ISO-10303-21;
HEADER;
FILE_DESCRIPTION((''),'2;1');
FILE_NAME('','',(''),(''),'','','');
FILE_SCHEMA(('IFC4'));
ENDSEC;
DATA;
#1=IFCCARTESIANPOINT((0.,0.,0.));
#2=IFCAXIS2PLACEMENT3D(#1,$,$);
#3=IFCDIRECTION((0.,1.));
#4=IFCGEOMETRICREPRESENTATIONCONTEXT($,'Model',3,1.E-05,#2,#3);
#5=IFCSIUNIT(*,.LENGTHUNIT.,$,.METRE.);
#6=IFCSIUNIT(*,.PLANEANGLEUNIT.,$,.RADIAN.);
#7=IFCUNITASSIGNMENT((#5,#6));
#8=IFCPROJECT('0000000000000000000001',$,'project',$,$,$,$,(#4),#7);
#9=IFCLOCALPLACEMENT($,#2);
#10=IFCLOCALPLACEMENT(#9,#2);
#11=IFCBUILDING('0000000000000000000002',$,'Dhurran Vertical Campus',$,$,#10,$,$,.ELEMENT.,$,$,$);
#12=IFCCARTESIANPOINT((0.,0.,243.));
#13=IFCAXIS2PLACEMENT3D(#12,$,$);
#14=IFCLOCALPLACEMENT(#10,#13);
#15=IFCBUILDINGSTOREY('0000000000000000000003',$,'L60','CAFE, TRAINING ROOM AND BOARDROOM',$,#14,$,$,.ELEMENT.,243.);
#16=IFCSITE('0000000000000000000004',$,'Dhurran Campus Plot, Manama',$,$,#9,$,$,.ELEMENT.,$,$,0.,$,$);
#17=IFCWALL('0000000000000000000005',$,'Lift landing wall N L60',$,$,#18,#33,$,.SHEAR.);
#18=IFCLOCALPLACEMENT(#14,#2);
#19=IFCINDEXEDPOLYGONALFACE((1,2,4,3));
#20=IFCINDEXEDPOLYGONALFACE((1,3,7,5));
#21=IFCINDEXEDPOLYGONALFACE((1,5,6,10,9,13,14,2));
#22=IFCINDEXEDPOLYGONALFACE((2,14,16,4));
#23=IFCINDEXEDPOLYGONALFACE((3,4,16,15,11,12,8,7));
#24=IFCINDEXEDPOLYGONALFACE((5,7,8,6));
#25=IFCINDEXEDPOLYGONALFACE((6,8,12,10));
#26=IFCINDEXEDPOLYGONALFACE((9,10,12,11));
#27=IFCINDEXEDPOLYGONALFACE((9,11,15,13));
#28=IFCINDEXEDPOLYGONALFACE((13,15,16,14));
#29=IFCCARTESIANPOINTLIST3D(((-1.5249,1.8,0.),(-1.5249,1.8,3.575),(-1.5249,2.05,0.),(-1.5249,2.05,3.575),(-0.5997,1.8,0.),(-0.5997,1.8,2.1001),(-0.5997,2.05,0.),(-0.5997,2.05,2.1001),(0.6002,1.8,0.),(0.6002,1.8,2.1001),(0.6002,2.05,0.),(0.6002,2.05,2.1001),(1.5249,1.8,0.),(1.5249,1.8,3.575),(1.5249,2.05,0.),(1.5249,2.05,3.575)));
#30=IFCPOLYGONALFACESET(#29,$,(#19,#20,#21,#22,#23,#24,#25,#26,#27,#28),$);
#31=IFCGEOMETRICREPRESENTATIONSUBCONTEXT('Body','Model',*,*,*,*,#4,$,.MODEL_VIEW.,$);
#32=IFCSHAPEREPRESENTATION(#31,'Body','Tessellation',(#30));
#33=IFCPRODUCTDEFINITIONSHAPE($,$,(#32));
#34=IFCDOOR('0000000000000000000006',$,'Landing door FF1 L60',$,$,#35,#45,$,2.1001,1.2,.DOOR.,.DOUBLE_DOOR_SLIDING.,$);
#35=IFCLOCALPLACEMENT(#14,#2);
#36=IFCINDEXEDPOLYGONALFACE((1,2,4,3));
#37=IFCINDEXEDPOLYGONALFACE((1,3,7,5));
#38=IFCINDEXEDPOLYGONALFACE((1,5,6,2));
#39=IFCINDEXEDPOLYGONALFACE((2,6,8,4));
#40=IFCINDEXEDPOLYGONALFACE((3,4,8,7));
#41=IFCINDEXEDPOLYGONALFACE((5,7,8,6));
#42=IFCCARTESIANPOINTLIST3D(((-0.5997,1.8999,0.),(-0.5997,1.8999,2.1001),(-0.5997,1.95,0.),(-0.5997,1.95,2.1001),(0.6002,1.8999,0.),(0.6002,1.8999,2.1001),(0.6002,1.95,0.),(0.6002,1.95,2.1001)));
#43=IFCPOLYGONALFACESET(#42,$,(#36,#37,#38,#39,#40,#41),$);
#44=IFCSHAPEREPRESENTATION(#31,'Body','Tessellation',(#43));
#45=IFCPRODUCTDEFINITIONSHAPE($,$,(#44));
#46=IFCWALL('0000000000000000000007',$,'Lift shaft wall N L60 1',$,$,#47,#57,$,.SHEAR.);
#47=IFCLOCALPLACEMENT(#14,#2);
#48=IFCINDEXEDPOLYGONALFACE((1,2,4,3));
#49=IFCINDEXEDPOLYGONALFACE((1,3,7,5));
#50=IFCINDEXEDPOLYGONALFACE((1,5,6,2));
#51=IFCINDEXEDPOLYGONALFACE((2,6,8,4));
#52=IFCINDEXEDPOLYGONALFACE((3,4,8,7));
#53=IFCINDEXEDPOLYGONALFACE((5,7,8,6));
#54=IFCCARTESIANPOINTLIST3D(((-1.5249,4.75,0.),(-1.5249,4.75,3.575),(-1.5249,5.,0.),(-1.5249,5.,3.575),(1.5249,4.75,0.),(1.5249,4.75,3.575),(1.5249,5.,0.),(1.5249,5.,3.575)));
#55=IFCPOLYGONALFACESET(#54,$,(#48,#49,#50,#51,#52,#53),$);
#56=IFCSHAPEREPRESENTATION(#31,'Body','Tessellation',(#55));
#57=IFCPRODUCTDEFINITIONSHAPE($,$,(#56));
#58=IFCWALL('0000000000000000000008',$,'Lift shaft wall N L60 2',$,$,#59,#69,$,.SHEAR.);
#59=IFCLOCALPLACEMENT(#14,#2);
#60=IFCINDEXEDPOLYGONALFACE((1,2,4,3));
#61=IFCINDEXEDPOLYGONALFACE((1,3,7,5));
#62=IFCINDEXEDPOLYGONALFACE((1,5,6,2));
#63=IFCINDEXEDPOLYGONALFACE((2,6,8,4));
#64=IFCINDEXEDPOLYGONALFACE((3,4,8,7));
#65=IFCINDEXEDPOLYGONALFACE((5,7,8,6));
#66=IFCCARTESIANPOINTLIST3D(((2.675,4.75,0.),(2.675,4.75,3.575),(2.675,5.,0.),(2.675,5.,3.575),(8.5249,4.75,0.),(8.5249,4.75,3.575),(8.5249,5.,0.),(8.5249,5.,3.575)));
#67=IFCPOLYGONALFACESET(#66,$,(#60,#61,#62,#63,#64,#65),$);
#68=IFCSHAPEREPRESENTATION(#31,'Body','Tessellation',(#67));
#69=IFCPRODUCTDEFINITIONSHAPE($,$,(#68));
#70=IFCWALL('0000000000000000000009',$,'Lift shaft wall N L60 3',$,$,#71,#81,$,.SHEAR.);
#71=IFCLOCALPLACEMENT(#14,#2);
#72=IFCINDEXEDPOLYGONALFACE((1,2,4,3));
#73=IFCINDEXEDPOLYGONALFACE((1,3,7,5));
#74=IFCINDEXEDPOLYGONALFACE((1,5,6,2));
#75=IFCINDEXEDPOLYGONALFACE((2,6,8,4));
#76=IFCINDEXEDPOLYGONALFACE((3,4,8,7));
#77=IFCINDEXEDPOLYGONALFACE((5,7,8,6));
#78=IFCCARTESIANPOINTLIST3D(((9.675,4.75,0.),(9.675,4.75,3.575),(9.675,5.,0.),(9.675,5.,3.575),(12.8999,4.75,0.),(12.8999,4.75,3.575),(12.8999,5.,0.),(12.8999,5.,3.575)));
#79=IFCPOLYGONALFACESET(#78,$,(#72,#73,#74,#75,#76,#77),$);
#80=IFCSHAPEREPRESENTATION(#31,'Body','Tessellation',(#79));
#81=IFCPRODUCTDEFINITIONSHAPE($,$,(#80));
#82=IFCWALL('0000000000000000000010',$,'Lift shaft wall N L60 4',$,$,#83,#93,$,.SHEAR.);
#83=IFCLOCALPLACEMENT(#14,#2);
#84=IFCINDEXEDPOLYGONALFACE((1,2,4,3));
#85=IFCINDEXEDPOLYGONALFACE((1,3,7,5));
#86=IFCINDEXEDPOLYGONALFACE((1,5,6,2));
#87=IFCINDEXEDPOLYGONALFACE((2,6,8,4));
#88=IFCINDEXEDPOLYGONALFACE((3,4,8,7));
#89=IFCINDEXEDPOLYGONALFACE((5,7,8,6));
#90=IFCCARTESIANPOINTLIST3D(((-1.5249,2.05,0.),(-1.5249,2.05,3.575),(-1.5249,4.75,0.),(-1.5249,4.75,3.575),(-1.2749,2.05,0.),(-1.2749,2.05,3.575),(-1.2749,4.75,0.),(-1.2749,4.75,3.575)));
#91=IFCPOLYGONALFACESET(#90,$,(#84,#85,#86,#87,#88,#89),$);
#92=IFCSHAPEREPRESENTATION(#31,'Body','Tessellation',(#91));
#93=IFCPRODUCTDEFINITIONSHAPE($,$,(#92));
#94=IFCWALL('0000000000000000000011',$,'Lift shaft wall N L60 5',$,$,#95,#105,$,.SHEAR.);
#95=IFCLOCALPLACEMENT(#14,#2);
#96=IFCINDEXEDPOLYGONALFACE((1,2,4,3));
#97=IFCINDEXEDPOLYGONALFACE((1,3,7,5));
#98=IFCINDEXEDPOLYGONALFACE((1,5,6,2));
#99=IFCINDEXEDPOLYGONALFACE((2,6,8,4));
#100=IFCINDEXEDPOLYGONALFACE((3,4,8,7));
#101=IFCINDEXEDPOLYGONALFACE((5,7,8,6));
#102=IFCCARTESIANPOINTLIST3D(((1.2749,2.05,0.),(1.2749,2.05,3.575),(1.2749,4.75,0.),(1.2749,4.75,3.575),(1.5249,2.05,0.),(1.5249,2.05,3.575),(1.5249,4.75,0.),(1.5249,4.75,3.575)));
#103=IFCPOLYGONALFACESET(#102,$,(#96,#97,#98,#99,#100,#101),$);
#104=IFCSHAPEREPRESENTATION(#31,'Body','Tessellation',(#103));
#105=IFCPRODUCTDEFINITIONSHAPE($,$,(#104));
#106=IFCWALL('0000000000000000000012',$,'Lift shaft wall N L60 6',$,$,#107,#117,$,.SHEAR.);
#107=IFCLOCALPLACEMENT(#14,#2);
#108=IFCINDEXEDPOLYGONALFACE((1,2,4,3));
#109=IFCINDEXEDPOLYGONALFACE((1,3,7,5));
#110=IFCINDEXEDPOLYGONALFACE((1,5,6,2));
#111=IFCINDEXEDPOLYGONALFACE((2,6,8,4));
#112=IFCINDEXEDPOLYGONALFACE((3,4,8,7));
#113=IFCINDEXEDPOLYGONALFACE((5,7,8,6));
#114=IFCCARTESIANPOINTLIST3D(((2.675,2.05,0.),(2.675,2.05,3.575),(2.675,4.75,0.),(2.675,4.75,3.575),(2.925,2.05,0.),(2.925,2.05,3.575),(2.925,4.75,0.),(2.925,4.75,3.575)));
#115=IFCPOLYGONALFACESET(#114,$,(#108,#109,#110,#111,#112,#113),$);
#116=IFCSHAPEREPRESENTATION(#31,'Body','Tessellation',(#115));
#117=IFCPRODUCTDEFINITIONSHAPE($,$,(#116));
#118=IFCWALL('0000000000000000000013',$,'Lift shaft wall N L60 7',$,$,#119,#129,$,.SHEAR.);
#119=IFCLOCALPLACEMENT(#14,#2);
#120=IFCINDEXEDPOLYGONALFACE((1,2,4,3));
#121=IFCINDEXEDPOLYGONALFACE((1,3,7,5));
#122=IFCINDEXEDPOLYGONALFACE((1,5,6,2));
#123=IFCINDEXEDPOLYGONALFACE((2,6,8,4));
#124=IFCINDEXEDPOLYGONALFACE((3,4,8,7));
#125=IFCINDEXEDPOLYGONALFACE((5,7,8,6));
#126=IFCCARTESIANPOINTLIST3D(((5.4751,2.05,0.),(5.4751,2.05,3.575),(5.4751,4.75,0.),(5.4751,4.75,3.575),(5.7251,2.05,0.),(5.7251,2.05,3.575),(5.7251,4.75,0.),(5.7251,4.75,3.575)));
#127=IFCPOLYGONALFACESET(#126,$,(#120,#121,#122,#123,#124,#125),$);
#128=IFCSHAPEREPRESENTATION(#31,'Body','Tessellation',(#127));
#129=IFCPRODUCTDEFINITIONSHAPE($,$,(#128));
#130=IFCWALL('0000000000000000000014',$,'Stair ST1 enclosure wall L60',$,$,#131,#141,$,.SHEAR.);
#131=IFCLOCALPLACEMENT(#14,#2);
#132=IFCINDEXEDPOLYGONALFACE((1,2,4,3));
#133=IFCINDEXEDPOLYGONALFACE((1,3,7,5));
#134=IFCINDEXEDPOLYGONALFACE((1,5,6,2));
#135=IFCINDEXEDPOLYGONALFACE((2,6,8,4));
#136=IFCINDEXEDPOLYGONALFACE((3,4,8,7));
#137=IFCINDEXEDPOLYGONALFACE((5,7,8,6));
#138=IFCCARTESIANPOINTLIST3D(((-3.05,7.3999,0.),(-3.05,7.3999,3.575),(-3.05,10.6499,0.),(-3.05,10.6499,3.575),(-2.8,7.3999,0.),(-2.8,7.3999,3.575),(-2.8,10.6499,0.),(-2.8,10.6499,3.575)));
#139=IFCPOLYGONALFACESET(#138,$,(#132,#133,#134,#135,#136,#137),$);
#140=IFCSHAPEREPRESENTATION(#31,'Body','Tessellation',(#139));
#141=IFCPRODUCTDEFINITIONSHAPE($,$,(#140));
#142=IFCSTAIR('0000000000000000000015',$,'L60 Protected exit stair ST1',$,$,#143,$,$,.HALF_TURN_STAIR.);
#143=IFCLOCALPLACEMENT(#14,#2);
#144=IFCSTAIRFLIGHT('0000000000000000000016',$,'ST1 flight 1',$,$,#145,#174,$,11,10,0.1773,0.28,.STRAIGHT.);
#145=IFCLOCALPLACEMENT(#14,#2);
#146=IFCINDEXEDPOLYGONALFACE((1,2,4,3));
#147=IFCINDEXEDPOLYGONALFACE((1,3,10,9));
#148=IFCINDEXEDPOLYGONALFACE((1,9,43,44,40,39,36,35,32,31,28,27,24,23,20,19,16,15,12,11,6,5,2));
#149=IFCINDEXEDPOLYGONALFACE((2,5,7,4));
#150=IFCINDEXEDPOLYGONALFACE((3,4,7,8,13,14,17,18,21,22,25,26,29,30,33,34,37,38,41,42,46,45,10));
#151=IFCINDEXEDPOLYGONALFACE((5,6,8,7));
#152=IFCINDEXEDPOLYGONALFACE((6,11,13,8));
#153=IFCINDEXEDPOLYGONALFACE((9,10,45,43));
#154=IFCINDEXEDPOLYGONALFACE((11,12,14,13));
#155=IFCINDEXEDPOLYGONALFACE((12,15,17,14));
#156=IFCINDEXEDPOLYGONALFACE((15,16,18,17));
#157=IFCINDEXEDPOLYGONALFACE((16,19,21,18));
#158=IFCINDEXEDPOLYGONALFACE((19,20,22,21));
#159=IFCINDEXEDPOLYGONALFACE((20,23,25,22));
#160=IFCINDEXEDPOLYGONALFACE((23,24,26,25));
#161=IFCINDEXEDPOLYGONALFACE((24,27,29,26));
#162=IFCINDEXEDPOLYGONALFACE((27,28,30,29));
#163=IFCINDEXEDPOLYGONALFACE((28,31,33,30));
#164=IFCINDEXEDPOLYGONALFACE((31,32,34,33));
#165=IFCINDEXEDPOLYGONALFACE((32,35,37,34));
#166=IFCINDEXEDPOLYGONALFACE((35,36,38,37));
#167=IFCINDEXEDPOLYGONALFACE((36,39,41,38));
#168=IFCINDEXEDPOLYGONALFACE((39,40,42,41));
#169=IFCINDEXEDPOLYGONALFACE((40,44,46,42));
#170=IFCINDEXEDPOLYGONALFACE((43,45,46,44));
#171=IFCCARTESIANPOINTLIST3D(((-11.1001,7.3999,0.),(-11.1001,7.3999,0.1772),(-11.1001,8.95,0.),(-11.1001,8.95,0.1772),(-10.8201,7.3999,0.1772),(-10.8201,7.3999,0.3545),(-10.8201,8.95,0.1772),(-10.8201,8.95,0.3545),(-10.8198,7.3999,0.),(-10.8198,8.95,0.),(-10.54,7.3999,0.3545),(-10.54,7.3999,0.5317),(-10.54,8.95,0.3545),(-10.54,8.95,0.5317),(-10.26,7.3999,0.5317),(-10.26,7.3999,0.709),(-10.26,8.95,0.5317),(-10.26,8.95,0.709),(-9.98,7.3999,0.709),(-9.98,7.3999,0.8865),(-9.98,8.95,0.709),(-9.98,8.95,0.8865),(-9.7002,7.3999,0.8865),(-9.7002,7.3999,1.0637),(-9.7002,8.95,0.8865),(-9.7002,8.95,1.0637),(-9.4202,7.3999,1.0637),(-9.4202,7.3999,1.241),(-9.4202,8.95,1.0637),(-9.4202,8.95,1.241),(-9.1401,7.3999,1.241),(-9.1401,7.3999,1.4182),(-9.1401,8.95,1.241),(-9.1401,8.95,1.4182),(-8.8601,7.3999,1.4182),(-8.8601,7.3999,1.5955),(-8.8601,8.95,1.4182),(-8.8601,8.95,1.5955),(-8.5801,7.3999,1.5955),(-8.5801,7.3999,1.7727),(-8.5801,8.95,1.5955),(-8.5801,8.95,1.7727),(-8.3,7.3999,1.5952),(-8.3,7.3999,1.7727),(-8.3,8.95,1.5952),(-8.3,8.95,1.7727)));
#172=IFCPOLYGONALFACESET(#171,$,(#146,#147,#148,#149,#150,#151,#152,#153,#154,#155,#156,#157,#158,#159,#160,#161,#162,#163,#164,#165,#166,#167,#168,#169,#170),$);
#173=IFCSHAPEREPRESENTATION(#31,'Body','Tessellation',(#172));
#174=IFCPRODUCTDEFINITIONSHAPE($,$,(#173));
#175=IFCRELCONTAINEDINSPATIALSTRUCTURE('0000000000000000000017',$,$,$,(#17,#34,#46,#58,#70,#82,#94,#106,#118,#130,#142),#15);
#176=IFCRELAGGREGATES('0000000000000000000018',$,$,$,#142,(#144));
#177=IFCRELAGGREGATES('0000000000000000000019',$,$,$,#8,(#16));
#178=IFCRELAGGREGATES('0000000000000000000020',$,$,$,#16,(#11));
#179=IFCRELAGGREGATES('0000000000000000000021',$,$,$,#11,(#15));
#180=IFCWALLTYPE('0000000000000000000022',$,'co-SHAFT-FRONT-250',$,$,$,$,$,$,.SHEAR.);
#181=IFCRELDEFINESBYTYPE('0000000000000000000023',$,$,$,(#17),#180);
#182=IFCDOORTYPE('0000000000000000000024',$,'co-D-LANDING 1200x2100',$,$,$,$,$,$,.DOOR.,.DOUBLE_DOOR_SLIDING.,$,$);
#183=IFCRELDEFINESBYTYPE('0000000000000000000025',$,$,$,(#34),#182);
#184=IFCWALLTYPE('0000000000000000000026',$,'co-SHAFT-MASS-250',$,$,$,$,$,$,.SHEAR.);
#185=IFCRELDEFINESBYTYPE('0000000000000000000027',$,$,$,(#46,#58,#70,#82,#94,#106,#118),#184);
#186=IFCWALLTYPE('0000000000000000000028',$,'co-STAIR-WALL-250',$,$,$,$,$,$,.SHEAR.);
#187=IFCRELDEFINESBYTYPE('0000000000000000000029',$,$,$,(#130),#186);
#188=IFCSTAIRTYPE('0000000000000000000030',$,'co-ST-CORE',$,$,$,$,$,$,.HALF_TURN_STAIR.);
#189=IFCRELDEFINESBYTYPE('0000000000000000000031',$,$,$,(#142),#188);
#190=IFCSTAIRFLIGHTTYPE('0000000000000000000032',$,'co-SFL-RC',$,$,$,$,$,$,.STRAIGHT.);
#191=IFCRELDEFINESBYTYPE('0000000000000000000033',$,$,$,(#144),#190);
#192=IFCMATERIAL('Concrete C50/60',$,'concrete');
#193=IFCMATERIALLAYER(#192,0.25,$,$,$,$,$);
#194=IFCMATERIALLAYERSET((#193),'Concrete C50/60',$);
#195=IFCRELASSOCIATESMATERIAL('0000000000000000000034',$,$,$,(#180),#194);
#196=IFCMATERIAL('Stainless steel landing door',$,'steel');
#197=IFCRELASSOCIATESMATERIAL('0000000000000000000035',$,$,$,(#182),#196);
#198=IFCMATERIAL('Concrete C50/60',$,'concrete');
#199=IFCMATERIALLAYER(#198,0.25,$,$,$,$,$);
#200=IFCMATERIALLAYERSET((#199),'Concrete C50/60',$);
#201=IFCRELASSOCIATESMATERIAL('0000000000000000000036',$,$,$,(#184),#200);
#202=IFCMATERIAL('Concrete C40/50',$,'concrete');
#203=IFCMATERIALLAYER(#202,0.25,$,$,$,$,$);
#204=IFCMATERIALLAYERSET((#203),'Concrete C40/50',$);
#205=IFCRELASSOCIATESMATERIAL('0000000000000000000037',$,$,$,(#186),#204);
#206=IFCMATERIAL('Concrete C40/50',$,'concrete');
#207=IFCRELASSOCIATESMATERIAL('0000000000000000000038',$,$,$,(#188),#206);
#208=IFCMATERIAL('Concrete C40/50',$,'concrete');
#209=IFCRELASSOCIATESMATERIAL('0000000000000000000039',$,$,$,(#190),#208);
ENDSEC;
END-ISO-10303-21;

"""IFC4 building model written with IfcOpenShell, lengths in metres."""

from ifc_helpers import new_model, si_unit, direction, frame, frame_2d, origin, place, context, subcontext, project, spatial, polyline, rectangle, outline, extrude, material, layer, layer_set, type_object, element, fill, aggregate, save


model = new_model("IFC4")

# Units and contexts
model_context = context("Model", 3, precision=1e-05, world=origin(), true_north=direction((0.0, 1.0)))
body_context = subcontext(model_context, "Body", "Model", "MODEL_VIEW")
ifc_project = project(units=[si_unit("LENGTHUNIT", "METRE"), si_unit("PLANEANGLEUNIT", "RADIAN")], contexts=[model_context])

# Site, building, storey
site_placement = place(None, origin())
site = spatial("IfcSite", under=ifc_project, at=site_placement, Name="Dhurran Campus Plot, Manama", CompositionType="ELEMENT", RefElevation=0.0)
building_placement = place(site_placement, origin())
building = spatial("IfcBuilding", under=site, at=building_placement, Name="Dhurran Vertical Campus", CompositionType="ELEMENT")
storey_placement = place(building_placement, frame((0.0, 0.0, 243.0)))
storey = spatial("IfcBuildingStorey", under=building, at=storey_placement, Name="L60", Description="CAFE, TRAINING ROOM AND BOARDROOM", CompositionType="ELEMENT", Elevation=243.0)

# Wall, opening, door
ifc_material_1 = material(Name="Concrete C50/60", Category="concrete")
ifc_layer_1 = layer(ifc_material_1, 0.25)
ifc_layer_set_1 = layer_set([ifc_layer_1], Name="Concrete C50/60")
wall_type_1 = type_object("IfcWallType", Name="co-SHAFT-FRONT-250", PredefinedType="SHEAR", material=ifc_layer_set_1)
wall_1_placement = place(storey_placement, frame((-1.5249, 1.925, 0.0), z_axis=(0.0, 0.0, 1.0), x_axis=(1.0, 0.0, 0.0)))
wall_1 = element("IfcWall", 1, at=wall_1_placement, inside=storey, type_object=wall_type_1, Name="Lift landing wall N L60", PredefinedType="SHEAR", context=body_context, shape_type="SweptSolid", body=[
    extrude(rectangle(XDim=3.0498, YDim=0.25, at=frame_2d((1.5249, 0.0))), origin(), (0.0, 0.0, 1.0), 3.575),
])
opening_1_placement = place(wall_1_placement, frame((0.925, 0.0, 0.0)))
opening_1 = element("IfcOpeningElement", 2, at=opening_1_placement, cuts=wall_1, PredefinedType="OPENING", context=body_context, shape_type="SweptSolid", body=[
    extrude(rectangle(XDim=1.2, YDim=2.1001, at=frame_2d((0.6001, 1.05))), frame((0.0, 0.135, 0.0), z_axis=(0.0, -1.0, 0.0), x_axis=(1.0, 0.0, 0.0)), (0.0, 0.0, 1.0), 0.27),
])
ifc_material_2 = material(Name="Stainless steel landing door", Category="steel")
door_type_1 = type_object("IfcDoorType", Name="co-D-LANDING 1200x2100", OperationType="DOUBLE_DOOR_SLIDING", PredefinedType="DOOR", material=ifc_material_2)
door_1_placement = place(opening_1_placement, origin())
door_1 = element("IfcDoor", 3, at=door_1_placement, inside=storey, type_object=door_type_1, Name="Landing door FF1 L60", OperationType="DOUBLE_DOOR_SLIDING", OverallHeight=2.1001, OverallWidth=1.2, PredefinedType="DOOR", context=body_context, shape_type="SweptSolid", body=[
    extrude(rectangle(XDim=1.2, YDim=2.1001, at=frame_2d((0.6001, 1.05))), frame((0.0, 0.0249, 0.0), z_axis=(0.0, -1.0, 0.0), x_axis=(1.0, 0.0, 0.0)), (0.0, 0.0, 1.0), 0.05),
])
fill(opening_1, door_1)

# Walls
ifc_material_3 = material(Name="Concrete C50/60", Category="concrete")
ifc_layer_2 = layer(ifc_material_3, 0.25)
ifc_layer_set_2 = layer_set([ifc_layer_2], Name="Concrete C50/60")
wall_type_2 = type_object("IfcWallType", Name="co-SHAFT-MASS-250", PredefinedType="SHEAR", material=ifc_layer_set_2)
wall_2_placement = place(storey_placement, origin())
element("IfcWall", 4, at=wall_2_placement, inside=storey, type_object=wall_type_2, Name="Lift shaft wall N L60 1", PredefinedType="SHEAR", context=body_context, shape_type="SweptSolid", body=[
    extrude(outline(polyline([(-1.5249, 4.75), (1.5249, 4.75), (1.5249, 5.0), (-1.5249, 5.0), (-1.5249, 4.75)])), origin(), (0.0, 0.0, 1.0), 3.575),
])
wall_3_placement = place(storey_placement, origin())
element("IfcWall", 5, at=wall_3_placement, inside=storey, type_object=wall_type_2, Name="Lift shaft wall N L60 2", PredefinedType="SHEAR", context=body_context, shape_type="SweptSolid", body=[
    extrude(outline(polyline([(2.675, 4.75), (8.5249, 4.75), (8.5249, 5.0), (2.675, 5.0), (2.675, 4.75)])), origin(), (0.0, 0.0, 1.0), 3.575),
])
wall_4_placement = place(storey_placement, origin())
element("IfcWall", 6, at=wall_4_placement, inside=storey, type_object=wall_type_2, Name="Lift shaft wall N L60 3", PredefinedType="SHEAR", context=body_context, shape_type="SweptSolid", body=[
    extrude(outline(polyline([(9.675, 4.75), (12.8999, 4.75), (12.8999, 5.0), (9.675, 5.0), (9.675, 4.75)])), origin(), (0.0, 0.0, 1.0), 3.575),
])
wall_5_placement = place(storey_placement, origin())
element("IfcWall", 7, at=wall_5_placement, inside=storey, type_object=wall_type_2, Name="Lift shaft wall N L60 4", PredefinedType="SHEAR", context=body_context, shape_type="SweptSolid", body=[
    extrude(outline(polyline([(-1.5249, 2.05), (-1.2749, 2.05), (-1.2749, 4.75), (-1.5249, 4.75), (-1.5249, 2.05)])), origin(), (0.0, 0.0, 1.0), 3.575),
])
wall_6_placement = place(storey_placement, origin())
element("IfcWall", 8, at=wall_6_placement, inside=storey, type_object=wall_type_2, Name="Lift shaft wall N L60 5", PredefinedType="SHEAR", context=body_context, shape_type="SweptSolid", body=[
    extrude(outline(polyline([(1.2749, 2.05), (1.5249, 2.05), (1.5249, 4.75), (1.2749, 4.75), (1.2749, 2.05)])), origin(), (0.0, 0.0, 1.0), 3.575),
])
wall_7_placement = place(storey_placement, origin())
element("IfcWall", 9, at=wall_7_placement, inside=storey, type_object=wall_type_2, Name="Lift shaft wall N L60 6", PredefinedType="SHEAR", context=body_context, shape_type="SweptSolid", body=[
    extrude(outline(polyline([(2.675, 2.05), (2.925, 2.05), (2.925, 4.75), (2.675, 4.75), (2.675, 2.05)])), origin(), (0.0, 0.0, 1.0), 3.575),
])
wall_8_placement = place(storey_placement, origin())
element("IfcWall", 10, at=wall_8_placement, inside=storey, type_object=wall_type_2, Name="Lift shaft wall N L60 7", PredefinedType="SHEAR", context=body_context, shape_type="SweptSolid", body=[
    extrude(outline(polyline([(5.4751, 2.05), (5.7251, 2.05), (5.7251, 4.75), (5.4751, 4.75), (5.4751, 2.05)])), origin(), (0.0, 0.0, 1.0), 3.575),
])
ifc_material_4 = material(Name="Concrete C40/50", Category="concrete")
ifc_layer_3 = layer(ifc_material_4, 0.25)
ifc_layer_set_3 = layer_set([ifc_layer_3], Name="Concrete C40/50")
wall_type_3 = type_object("IfcWallType", Name="co-STAIR-WALL-250", PredefinedType="SHEAR", material=ifc_layer_set_3)
wall_9_placement = place(storey_placement, frame((-2.925, 7.3999, 0.0), z_axis=(0.0, 0.0, 1.0), x_axis=(0.0, 1.0, 0.0)))
element("IfcWall", 11, at=wall_9_placement, inside=storey, type_object=wall_type_3, Name="Stair ST1 enclosure wall L60", PredefinedType="SHEAR", context=body_context, shape_type="SweptSolid", body=[
    extrude(rectangle(XDim=3.25, YDim=0.25, at=frame_2d((1.625, 0.0))), origin(), (0.0, 0.0, 1.0), 3.575),
])

# Stair, stair flight
ifc_material_5 = material(Name="Concrete C40/50", Category="concrete")
stair_type = type_object("IfcStairType", Name="co-ST-CORE", PredefinedType="HALF_TURN_STAIR", material=ifc_material_5)
stair_placement = place(storey_placement, origin())
stair = element("IfcStair", 12, at=stair_placement, inside=storey, type_object=stair_type, Name="L60 Protected exit stair ST1", PredefinedType="HALF_TURN_STAIR")
ifc_material_6 = material(Name="Concrete C40/50", Category="concrete")
stair_flight_type = type_object("IfcStairFlightType", Name="co-SFL-RC", PredefinedType="STRAIGHT", material=ifc_material_6)
stair_flight_1_placement = place(storey_placement, frame((-11.1001, 8.175, 0.0), z_axis=(0.0, 0.0, 1.0), x_axis=(1.0, 0.0, 0.0)))
stair_flight_1 = element("IfcStairFlight", 13, at=stair_flight_1_placement, type_object=stair_flight_type, Name="ST1 flight 1", NumberOfRisers=11, NumberOfTreads=10, PredefinedType="STRAIGHT", RiserHeight=0.1773, TreadLength=0.28, context=body_context, shape_type="SweptSolid", body=[
    extrude(outline(polyline([(0.0, 0.0), (0.0, 0.1772), (0.28, 0.1772), (0.28, 0.3545), (0.5601, 0.3545), (0.5601, 0.5317), (0.8401, 0.5317), (0.8401, 0.709), (1.1201, 0.709), (1.1201, 0.8865), (1.3999, 0.8865), (1.3999, 1.0637), (1.6799, 1.0637), (1.6799, 1.241), (1.96, 1.241), (1.96, 1.4182), (2.24, 1.4182), (2.24, 1.5955), (2.52, 1.5955), (2.52, 1.7727), (2.8, 1.7727), (2.8, 1.95), (2.8, 1.5952), (0.2803, 0.0), (0.0, 0.0)])), frame((0.0, 0.7749, 0.0), z_axis=(0.0, -1.0, 0.0), x_axis=(1.0, 0.0, 0.0)), (0.0, 0.0, 1.0), 1.55),
])
aggregate(stair, [stair_flight_1])

save(model, "model.ifc")
